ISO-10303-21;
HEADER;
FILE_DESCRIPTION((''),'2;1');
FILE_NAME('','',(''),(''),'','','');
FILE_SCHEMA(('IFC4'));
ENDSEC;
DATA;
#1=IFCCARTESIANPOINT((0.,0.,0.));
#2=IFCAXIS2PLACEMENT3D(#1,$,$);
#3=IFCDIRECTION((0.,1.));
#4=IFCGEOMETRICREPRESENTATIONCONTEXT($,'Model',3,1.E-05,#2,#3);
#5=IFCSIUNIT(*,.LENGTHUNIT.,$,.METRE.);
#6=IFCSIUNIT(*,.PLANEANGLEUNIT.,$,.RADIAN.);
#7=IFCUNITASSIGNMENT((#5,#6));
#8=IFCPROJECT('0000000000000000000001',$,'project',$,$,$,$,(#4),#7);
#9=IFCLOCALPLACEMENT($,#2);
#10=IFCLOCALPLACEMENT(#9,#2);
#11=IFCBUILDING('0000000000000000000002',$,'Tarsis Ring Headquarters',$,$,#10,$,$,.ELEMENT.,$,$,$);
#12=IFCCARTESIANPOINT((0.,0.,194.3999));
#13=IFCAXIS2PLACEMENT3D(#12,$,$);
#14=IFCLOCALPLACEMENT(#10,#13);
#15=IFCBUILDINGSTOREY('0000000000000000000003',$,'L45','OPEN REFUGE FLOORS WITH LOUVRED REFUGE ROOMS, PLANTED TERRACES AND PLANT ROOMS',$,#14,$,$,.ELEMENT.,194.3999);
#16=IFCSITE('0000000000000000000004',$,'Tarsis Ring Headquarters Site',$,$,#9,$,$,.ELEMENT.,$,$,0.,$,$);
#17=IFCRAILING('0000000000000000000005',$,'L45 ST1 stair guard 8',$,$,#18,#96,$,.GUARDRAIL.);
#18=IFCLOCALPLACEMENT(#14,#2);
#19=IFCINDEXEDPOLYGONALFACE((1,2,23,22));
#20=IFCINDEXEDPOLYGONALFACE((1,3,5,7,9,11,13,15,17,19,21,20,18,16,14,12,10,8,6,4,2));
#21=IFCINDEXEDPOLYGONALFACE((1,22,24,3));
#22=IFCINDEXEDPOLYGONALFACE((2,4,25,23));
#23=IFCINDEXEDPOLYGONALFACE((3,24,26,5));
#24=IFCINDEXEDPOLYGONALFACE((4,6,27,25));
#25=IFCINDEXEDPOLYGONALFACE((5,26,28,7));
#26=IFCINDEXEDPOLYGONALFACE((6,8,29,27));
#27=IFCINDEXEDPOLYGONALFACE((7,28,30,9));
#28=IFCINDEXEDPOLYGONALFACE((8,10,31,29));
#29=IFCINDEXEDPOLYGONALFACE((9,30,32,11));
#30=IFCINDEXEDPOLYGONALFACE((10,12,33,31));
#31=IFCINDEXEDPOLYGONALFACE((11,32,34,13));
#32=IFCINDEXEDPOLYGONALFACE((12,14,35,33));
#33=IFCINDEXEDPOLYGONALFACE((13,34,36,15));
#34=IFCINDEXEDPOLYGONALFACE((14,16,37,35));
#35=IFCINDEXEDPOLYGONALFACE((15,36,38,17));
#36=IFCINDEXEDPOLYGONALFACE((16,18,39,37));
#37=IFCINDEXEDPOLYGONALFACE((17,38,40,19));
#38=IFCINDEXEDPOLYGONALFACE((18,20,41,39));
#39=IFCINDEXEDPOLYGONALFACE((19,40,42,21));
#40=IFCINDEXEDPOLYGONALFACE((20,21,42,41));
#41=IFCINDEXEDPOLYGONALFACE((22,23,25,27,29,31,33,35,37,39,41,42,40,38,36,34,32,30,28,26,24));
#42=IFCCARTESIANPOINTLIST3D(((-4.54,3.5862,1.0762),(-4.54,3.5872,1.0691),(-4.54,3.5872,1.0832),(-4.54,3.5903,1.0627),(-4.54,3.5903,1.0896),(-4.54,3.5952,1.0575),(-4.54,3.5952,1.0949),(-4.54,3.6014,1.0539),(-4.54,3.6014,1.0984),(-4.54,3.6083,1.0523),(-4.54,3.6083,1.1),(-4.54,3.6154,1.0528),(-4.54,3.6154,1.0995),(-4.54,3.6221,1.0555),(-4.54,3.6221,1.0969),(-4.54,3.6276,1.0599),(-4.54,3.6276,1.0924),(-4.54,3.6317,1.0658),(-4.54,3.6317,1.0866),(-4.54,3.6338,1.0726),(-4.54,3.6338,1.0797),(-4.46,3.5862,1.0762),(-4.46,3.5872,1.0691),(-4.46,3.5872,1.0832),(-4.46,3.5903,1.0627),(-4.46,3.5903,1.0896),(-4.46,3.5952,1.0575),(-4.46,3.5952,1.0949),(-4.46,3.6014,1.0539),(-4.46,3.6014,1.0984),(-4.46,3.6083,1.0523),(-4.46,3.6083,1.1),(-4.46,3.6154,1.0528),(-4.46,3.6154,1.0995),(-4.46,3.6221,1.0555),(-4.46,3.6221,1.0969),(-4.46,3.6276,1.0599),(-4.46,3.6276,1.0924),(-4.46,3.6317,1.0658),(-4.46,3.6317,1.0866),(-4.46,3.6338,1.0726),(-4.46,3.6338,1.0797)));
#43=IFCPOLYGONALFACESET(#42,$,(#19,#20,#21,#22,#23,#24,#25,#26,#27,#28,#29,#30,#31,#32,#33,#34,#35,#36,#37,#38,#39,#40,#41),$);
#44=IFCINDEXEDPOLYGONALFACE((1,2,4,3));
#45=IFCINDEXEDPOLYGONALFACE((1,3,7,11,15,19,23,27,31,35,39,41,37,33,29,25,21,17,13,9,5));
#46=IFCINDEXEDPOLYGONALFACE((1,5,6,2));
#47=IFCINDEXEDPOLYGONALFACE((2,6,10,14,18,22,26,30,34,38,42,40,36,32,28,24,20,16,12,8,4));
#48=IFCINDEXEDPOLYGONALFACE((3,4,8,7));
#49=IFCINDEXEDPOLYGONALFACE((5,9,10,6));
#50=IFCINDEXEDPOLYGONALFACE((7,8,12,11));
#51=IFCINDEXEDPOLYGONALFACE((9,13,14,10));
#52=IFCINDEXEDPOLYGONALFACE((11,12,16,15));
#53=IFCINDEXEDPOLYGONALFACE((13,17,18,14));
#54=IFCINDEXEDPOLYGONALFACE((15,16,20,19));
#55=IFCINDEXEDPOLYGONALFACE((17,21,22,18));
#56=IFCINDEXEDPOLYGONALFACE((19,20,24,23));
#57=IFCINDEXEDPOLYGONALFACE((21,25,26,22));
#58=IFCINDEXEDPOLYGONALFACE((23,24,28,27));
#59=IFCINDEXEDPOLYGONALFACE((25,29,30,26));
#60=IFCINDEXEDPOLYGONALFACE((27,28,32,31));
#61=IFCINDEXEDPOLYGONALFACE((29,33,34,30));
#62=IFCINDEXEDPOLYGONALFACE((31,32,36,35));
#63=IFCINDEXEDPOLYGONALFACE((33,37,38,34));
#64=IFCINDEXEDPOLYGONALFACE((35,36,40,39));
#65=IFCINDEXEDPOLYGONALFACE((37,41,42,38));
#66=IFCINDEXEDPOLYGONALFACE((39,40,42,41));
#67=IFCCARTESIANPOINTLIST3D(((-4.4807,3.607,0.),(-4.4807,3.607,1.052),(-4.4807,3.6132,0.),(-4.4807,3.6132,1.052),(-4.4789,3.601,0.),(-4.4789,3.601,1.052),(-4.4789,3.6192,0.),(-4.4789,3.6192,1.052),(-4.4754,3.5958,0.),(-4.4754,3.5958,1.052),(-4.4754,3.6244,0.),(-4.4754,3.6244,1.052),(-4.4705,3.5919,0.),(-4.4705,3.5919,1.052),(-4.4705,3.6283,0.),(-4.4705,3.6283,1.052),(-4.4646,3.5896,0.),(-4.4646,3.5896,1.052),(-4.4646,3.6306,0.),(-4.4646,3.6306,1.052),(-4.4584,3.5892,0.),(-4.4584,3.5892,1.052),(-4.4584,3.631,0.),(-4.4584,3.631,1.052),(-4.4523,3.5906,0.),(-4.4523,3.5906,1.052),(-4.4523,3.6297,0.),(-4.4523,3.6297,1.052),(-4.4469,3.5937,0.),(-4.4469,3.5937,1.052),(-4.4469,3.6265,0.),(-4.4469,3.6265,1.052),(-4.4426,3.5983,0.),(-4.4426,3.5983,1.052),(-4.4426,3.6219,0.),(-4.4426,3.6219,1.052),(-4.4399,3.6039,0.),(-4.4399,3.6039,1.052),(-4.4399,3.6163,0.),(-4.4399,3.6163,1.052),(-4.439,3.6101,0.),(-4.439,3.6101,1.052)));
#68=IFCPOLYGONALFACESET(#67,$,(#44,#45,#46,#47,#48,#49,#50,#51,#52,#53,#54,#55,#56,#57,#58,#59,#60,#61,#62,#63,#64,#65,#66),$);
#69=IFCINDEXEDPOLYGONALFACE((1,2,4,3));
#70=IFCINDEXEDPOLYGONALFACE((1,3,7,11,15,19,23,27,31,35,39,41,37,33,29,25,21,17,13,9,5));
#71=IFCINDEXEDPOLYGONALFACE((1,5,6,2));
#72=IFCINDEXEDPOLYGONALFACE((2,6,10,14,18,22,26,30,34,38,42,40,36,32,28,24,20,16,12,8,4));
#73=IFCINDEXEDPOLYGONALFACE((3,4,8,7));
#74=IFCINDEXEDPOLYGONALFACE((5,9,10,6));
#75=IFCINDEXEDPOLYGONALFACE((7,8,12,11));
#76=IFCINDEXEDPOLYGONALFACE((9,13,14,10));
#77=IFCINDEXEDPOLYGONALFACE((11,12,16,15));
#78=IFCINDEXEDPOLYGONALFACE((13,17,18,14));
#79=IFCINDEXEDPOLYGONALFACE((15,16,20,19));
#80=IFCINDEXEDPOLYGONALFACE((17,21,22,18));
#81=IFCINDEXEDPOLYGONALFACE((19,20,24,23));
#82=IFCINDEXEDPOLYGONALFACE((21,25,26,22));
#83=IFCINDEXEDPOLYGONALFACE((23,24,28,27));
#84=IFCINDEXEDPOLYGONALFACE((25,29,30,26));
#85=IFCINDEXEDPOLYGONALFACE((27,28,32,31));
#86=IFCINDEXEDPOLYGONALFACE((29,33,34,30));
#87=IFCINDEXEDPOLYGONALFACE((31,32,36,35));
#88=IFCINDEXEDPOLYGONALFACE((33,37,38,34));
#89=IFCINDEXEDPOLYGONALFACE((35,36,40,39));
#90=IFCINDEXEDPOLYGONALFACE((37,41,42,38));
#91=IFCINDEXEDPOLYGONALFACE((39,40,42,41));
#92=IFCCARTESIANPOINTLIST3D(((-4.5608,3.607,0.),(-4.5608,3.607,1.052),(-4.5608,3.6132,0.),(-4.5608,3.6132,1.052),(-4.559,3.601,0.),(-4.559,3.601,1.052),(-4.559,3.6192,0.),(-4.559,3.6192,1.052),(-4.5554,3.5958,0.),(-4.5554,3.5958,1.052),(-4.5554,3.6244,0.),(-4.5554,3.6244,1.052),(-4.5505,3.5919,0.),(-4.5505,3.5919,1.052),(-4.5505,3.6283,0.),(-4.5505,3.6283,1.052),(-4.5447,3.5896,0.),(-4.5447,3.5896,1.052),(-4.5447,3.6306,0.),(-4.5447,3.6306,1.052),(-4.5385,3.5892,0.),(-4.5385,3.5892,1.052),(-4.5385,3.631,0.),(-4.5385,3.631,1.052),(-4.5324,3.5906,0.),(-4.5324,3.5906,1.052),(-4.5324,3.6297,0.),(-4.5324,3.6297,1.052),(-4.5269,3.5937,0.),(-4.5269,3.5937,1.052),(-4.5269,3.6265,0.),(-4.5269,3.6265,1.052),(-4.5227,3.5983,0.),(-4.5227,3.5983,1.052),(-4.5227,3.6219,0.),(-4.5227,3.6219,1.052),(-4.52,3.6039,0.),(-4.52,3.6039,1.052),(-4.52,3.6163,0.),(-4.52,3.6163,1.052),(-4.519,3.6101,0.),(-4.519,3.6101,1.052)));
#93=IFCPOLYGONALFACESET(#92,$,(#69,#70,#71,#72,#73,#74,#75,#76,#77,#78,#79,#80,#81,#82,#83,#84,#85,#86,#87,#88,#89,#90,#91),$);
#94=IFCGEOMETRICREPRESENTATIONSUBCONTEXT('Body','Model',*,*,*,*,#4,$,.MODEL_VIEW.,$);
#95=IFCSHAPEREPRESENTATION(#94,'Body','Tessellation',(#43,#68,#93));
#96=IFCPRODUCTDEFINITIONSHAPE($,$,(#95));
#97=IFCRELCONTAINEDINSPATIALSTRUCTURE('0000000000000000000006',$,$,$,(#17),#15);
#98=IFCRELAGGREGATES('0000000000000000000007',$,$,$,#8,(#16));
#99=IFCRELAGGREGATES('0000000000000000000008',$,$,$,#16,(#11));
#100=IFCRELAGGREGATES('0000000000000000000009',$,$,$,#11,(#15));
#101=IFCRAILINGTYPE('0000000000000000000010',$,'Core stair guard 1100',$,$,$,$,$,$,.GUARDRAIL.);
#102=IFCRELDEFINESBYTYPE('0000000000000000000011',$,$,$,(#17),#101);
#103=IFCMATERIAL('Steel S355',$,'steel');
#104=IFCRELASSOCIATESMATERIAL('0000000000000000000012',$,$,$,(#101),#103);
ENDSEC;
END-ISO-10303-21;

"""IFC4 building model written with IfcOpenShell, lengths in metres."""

from ifc_helpers import new_model, si_unit, direction, frame, origin, origin_2d, place, context, subcontext, project, spatial, circle, extrude, material, type_object, element, save


model = new_model("IFC4")

# Units and contexts
model_context = context("Model", 3, precision=1e-05, world=origin(), true_north=direction((0.0, 1.0)))
body_context = subcontext(model_context, "Body", "Model", "MODEL_VIEW")
ifc_project = project(units=[si_unit("LENGTHUNIT", "METRE"), si_unit("PLANEANGLEUNIT", "RADIAN")], contexts=[model_context])

# Site, building, storey
site_placement = place(None, origin())
site = spatial("IfcSite", under=ifc_project, at=site_placement, Name="Tarsis Ring Headquarters Site", CompositionType="ELEMENT", RefElevation=0.0)
building_placement = place(site_placement, origin())
building = spatial("IfcBuilding", under=site, at=building_placement, Name="Tarsis Ring Headquarters", CompositionType="ELEMENT")
storey_placement = place(building_placement, frame((0.0, 0.0, 194.3999)))
storey = spatial("IfcBuildingStorey", under=building, at=storey_placement, Name="L45", Description="OPEN REFUGE FLOORS WITH LOUVRED REFUGE ROOMS, PLANTED TERRACES AND PLANT ROOMS", CompositionType="ELEMENT", Elevation=194.3999)

# Shared definitions
ifc_material_1 = material(Name="Steel S355", Category="steel")

# Railing
railing_type_1 = type_object("IfcRailingType", Name="Core stair guard 1100", PredefinedType="GUARDRAIL", material=ifc_material_1)
railing_1_placement = place(storey_placement, frame((-4.46, 3.6101, 0.0)))
element("IfcRailing", 1, at=railing_1_placement, inside=storey, type_object=railing_type_1, Name="L45 ST1 stair guard 8", PredefinedType="GUARDRAIL", context=body_context, shape_type="SweptSolid", body=[
    extrude(circle(Radius=0.0239, at=origin_2d()), frame((0.0, 0.0, 1.0762), z_axis=(-1.0, 0.0, 0.0), x_axis=(0.0, -1.0, 0.0)), (0.0, 0.0, 1.0), 0.0801),
    extrude(circle(Radius=0.021, at=origin_2d()), origin(), (0.0, 0.0, 1.0), 1.052),
    extrude(circle(Radius=0.021, at=origin_2d()), frame((-0.0801, 0.0, 0.0)), (0.0, 0.0, 1.0), 1.052),
])

save(model, "model.ifc")
